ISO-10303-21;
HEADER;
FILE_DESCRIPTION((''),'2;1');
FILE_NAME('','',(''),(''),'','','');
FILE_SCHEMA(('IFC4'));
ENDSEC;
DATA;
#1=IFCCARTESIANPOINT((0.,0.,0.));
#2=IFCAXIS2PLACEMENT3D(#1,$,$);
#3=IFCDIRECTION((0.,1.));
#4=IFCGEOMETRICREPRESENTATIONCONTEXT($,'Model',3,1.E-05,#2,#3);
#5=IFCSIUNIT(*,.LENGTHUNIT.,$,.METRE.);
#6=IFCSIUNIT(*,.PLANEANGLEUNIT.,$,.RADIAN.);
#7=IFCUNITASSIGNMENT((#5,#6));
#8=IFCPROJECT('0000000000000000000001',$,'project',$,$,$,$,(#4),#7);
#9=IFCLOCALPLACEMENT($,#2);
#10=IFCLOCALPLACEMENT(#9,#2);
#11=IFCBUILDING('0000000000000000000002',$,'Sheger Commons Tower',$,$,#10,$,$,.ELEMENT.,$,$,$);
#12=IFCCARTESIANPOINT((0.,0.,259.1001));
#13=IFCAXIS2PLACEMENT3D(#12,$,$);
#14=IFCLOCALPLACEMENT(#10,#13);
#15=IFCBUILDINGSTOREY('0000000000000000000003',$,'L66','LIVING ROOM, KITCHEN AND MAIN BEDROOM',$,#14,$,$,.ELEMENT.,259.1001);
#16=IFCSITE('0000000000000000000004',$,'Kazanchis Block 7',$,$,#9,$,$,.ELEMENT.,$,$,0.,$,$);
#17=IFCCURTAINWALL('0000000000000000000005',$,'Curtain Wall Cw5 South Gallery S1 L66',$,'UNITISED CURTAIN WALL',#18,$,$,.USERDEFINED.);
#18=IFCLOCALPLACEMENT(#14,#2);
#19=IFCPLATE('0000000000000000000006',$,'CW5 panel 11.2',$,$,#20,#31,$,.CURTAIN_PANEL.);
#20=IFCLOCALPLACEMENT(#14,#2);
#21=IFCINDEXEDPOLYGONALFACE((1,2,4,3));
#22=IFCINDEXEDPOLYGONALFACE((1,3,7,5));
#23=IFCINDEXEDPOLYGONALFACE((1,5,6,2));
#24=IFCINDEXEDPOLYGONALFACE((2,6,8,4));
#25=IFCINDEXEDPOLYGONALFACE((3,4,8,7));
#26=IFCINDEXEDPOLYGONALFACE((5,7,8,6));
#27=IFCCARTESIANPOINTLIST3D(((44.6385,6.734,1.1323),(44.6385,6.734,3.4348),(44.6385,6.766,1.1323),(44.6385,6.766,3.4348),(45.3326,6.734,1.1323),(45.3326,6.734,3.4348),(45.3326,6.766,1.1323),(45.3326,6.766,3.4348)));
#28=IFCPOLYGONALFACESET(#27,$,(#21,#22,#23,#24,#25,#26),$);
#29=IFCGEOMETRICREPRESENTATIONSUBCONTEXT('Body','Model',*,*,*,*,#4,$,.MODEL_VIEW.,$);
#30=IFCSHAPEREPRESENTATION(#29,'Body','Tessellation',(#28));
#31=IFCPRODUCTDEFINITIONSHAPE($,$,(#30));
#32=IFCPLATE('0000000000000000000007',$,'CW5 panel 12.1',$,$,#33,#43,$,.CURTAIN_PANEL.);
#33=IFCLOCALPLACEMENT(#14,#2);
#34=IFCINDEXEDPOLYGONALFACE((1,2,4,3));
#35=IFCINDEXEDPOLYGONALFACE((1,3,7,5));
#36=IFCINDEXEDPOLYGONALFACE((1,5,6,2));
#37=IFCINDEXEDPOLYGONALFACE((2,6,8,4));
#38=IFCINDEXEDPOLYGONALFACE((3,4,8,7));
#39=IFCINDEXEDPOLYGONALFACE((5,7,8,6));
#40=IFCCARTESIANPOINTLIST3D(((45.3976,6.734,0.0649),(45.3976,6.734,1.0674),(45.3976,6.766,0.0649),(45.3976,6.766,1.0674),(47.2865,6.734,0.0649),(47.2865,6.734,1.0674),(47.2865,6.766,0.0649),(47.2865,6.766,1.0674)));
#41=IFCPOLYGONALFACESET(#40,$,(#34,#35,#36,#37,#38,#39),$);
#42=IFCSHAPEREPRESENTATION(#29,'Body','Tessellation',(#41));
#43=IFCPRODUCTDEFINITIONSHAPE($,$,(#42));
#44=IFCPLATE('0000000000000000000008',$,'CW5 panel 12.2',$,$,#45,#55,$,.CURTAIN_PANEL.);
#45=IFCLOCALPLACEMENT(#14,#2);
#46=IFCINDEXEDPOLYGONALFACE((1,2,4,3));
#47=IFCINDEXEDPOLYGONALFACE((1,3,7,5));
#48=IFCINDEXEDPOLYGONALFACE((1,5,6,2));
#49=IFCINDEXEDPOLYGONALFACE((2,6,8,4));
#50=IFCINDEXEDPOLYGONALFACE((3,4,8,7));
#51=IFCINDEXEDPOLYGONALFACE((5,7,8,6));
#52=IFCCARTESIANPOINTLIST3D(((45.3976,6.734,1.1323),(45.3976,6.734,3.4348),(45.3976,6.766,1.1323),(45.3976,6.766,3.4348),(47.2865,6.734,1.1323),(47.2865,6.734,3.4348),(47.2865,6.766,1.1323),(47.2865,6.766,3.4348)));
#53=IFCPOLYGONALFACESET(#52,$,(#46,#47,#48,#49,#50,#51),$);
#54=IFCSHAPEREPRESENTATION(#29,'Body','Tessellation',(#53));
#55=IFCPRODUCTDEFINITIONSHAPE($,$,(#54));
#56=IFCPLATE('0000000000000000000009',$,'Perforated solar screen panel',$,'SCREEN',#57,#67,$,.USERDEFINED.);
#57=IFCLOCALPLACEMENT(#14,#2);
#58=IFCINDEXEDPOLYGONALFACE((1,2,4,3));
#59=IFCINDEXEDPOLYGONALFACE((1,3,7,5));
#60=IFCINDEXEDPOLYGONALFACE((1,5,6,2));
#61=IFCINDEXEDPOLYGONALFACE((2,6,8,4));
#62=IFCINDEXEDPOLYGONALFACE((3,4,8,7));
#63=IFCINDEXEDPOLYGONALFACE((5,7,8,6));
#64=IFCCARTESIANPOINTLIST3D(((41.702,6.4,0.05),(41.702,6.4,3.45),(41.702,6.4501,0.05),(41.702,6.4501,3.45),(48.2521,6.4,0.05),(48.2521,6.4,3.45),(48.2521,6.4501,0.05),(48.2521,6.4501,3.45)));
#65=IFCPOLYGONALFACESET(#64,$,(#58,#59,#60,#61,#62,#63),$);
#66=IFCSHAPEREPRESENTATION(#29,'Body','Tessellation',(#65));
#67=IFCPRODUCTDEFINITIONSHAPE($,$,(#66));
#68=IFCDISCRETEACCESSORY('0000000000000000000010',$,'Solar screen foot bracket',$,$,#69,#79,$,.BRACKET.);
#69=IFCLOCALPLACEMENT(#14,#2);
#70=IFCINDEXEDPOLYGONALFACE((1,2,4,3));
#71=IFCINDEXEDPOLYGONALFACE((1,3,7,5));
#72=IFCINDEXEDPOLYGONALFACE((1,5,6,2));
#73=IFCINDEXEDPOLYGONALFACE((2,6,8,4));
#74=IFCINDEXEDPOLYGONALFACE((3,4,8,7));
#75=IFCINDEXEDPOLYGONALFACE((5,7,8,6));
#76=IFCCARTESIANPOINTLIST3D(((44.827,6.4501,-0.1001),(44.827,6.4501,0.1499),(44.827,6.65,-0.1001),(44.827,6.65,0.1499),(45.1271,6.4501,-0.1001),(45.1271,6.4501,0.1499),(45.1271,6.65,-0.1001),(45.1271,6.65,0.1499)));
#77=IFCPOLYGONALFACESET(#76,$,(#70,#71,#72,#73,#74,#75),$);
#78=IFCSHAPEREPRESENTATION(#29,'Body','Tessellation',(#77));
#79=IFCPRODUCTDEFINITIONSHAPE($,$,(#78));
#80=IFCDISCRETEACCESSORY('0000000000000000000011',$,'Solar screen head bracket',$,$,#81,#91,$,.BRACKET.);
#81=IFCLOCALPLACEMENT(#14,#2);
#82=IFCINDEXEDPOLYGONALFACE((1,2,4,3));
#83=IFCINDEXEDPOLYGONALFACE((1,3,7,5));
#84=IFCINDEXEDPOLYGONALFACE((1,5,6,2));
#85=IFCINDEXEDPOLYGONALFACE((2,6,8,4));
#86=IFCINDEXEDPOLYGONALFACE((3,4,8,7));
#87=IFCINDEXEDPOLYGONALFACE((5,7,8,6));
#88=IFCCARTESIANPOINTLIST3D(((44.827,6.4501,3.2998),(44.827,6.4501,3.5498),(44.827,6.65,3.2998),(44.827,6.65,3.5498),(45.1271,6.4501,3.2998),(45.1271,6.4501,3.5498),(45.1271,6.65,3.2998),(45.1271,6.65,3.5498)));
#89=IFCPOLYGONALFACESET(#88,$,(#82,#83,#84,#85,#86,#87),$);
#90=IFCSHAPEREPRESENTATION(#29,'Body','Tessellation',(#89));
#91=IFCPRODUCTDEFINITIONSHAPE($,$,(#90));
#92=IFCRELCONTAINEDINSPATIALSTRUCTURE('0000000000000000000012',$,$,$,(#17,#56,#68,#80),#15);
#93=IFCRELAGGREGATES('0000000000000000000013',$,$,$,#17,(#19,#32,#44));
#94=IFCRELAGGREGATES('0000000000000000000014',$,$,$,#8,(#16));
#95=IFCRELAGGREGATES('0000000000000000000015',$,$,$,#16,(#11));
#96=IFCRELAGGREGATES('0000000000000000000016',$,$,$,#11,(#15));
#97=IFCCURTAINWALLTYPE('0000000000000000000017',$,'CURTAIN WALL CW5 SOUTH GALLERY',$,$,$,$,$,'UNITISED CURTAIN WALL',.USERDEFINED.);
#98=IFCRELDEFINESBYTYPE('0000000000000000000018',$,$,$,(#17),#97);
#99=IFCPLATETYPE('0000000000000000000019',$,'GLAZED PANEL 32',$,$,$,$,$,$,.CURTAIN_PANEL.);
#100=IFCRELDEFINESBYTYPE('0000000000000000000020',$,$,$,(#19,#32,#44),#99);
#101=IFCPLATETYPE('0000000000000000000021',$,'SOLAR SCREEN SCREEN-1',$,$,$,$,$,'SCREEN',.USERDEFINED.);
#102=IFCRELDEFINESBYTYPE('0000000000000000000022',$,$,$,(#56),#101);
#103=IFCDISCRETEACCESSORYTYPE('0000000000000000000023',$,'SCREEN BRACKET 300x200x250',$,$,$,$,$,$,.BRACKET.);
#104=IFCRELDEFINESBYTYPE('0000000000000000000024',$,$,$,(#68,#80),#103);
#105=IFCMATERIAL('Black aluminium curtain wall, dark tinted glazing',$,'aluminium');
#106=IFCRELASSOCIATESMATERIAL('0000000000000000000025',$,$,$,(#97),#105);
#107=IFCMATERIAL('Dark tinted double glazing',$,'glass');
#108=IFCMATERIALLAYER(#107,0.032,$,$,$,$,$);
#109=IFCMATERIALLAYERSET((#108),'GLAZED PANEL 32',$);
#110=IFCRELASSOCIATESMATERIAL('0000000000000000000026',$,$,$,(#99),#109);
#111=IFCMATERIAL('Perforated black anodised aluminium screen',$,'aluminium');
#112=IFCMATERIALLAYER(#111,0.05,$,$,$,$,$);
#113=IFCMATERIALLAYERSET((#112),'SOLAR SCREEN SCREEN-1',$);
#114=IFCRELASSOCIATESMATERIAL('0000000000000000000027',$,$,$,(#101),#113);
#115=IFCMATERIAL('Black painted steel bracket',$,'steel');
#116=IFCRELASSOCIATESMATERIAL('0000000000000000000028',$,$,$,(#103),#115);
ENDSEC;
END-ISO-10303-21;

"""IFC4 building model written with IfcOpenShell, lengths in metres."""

from ifc_helpers import new_model, si_unit, direction, frame, origin, origin_2d, place, context, subcontext, project, spatial, rectangle, extrude, material, layer, layer_set, type_object, element, aggregate, save


model = new_model("IFC4")

# Units and contexts
model_context = context("Model", 3, precision=1e-05, world=origin(), true_north=direction((0.0, 1.0)))
body_context = subcontext(model_context, "Body", "Model", "MODEL_VIEW")
ifc_project = project(units=[si_unit("LENGTHUNIT", "METRE"), si_unit("PLANEANGLEUNIT", "RADIAN")], contexts=[model_context])

# Site, building, storey
site_placement = place(None, origin())
site = spatial("IfcSite", under=ifc_project, at=site_placement, Name="Kazanchis Block 7", CompositionType="ELEMENT", RefElevation=0.0)
building_placement = place(site_placement, origin())
building = spatial("IfcBuilding", under=site, at=building_placement, Name="Sheger Commons Tower", CompositionType="ELEMENT")
storey_placement = place(building_placement, frame((0.0, 0.0, 259.1001)))
storey = spatial("IfcBuildingStorey", under=building, at=storey_placement, Name="L66", Description="LIVING ROOM, KITCHEN AND MAIN BEDROOM", CompositionType="ELEMENT", Elevation=259.1001)

# Curtain wall, plates
ifc_material_1 = material(Name="Black aluminium curtain wall, dark tinted glazing", Category="aluminium")
curtain_wall_type = type_object("IfcCurtainWallType", Name="CURTAIN WALL CW5 SOUTH GALLERY", ElementType="UNITISED CURTAIN WALL", PredefinedType="USERDEFINED", material=ifc_material_1)
curtain_wall_placement = place(storey_placement, origin())
curtain_wall = element("IfcCurtainWall", 1, at=curtain_wall_placement, inside=storey, type_object=curtain_wall_type, Name="Curtain Wall Cw5 South Gallery S1 L66", ObjectType="UNITISED CURTAIN WALL", PredefinedType="USERDEFINED")
ifc_material_2 = material(Name="Dark tinted double glazing", Category="glass")
ifc_layer_1 = layer(ifc_material_2, 0.032)
ifc_layer_set_1 = layer_set([ifc_layer_1], Name="GLAZED PANEL 32")
plate_type_1 = type_object("IfcPlateType", Name="GLAZED PANEL 32", PredefinedType="CURTAIN_PANEL", material=ifc_layer_set_1)
plate_1_placement = place(storey_placement, frame((44.9856, 6.75, 1.1323), z_axis=(0.0, 0.0, 1.0), x_axis=(1.0, 0.0, 0.0)))
plate_1 = element("IfcPlate", 2, at=plate_1_placement, type_object=plate_type_1, Name="CW5 panel 11.2", PredefinedType="CURTAIN_PANEL", context=body_context, shape_type="SweptSolid", body=[
    extrude(rectangle(XDim=0.6941, YDim=0.032, at=origin_2d()), origin(), (0.0, 0.0, 1.0), 2.3025),
])
plate_2_placement = place(storey_placement, frame((46.342, 6.75, 0.0649), z_axis=(0.0, 0.0, 1.0), x_axis=(1.0, 0.0, 0.0)))
plate_2 = element("IfcPlate", 3, at=plate_2_placement, type_object=plate_type_1, Name="CW5 panel 12.1", PredefinedType="CURTAIN_PANEL", context=body_context, shape_type="SweptSolid", body=[
    extrude(rectangle(XDim=1.8889, YDim=0.032, at=origin_2d()), origin(), (0.0, 0.0, 1.0), 1.0024),
])
plate_3_placement = place(storey_placement, frame((46.342, 6.75, 1.1323), z_axis=(0.0, 0.0, 1.0), x_axis=(1.0, 0.0, 0.0)))
plate_3 = element("IfcPlate", 4, at=plate_3_placement, type_object=plate_type_1, Name="CW5 panel 12.2", PredefinedType="CURTAIN_PANEL", context=body_context, shape_type="SweptSolid", body=[
    extrude(rectangle(XDim=1.8889, YDim=0.032, at=origin_2d()), origin(), (0.0, 0.0, 1.0), 2.3025),
])
aggregate(curtain_wall, [plate_1, plate_2, plate_3])

# Plate
ifc_material_3 = material(Name="Perforated black anodised aluminium screen", Category="aluminium")
ifc_layer_2 = layer(ifc_material_3, 0.05)
ifc_layer_set_2 = layer_set([ifc_layer_2], Name="SOLAR SCREEN SCREEN-1")
plate_type_2 = type_object("IfcPlateType", Name="SOLAR SCREEN SCREEN-1", ElementType="SCREEN", PredefinedType="USERDEFINED", material=ifc_layer_set_2)
plate_4_placement = place(storey_placement, frame((44.9771, 6.425, 0.05), z_axis=(0.0, 0.0, 1.0), x_axis=(1.0, 0.0, 0.0)))
element("IfcPlate", 5, at=plate_4_placement, inside=storey, type_object=plate_type_2, Name="Perforated solar screen panel", ObjectType="SCREEN", PredefinedType="USERDEFINED", context=body_context, shape_type="SweptSolid", body=[
    extrude(rectangle(XDim=6.55, YDim=0.05, at=origin_2d()), origin(), (0.0, 0.0, 1.0), 3.3999),
])

# Discrete accessories
ifc_material_4 = material(Name="Black painted steel bracket", Category="steel")
discrete_accessory_type = type_object("IfcDiscreteAccessoryType", Name="SCREEN BRACKET 300x200x250", PredefinedType="BRACKET", material=ifc_material_4)
for number, where, z_axis, x_axis, name in (
    (6, (44.9771, 6.55, -0.1001), (0.0, 0.0, 1.0), (1.0, 0.0, 0.0), "Solar screen foot bracket"),
    (7, (44.9771, 6.55, 3.2998), (0.0, 0.0, 1.0), (1.0, 0.0, 0.0), "Solar screen head bracket"),
):
    element("IfcDiscreteAccessory", number, at=place(storey_placement, frame(where, z_axis=z_axis, x_axis=x_axis)), inside=storey, type_object=discrete_accessory_type, Name=name, PredefinedType="BRACKET", context=body_context, shape_type="SweptSolid", body=[
        extrude(rectangle(XDim=0.3, YDim=0.2, at=origin_2d()), origin(), (0.0, 0.0, 1.0), 0.25),
    ])

save(model, "model.ifc")
